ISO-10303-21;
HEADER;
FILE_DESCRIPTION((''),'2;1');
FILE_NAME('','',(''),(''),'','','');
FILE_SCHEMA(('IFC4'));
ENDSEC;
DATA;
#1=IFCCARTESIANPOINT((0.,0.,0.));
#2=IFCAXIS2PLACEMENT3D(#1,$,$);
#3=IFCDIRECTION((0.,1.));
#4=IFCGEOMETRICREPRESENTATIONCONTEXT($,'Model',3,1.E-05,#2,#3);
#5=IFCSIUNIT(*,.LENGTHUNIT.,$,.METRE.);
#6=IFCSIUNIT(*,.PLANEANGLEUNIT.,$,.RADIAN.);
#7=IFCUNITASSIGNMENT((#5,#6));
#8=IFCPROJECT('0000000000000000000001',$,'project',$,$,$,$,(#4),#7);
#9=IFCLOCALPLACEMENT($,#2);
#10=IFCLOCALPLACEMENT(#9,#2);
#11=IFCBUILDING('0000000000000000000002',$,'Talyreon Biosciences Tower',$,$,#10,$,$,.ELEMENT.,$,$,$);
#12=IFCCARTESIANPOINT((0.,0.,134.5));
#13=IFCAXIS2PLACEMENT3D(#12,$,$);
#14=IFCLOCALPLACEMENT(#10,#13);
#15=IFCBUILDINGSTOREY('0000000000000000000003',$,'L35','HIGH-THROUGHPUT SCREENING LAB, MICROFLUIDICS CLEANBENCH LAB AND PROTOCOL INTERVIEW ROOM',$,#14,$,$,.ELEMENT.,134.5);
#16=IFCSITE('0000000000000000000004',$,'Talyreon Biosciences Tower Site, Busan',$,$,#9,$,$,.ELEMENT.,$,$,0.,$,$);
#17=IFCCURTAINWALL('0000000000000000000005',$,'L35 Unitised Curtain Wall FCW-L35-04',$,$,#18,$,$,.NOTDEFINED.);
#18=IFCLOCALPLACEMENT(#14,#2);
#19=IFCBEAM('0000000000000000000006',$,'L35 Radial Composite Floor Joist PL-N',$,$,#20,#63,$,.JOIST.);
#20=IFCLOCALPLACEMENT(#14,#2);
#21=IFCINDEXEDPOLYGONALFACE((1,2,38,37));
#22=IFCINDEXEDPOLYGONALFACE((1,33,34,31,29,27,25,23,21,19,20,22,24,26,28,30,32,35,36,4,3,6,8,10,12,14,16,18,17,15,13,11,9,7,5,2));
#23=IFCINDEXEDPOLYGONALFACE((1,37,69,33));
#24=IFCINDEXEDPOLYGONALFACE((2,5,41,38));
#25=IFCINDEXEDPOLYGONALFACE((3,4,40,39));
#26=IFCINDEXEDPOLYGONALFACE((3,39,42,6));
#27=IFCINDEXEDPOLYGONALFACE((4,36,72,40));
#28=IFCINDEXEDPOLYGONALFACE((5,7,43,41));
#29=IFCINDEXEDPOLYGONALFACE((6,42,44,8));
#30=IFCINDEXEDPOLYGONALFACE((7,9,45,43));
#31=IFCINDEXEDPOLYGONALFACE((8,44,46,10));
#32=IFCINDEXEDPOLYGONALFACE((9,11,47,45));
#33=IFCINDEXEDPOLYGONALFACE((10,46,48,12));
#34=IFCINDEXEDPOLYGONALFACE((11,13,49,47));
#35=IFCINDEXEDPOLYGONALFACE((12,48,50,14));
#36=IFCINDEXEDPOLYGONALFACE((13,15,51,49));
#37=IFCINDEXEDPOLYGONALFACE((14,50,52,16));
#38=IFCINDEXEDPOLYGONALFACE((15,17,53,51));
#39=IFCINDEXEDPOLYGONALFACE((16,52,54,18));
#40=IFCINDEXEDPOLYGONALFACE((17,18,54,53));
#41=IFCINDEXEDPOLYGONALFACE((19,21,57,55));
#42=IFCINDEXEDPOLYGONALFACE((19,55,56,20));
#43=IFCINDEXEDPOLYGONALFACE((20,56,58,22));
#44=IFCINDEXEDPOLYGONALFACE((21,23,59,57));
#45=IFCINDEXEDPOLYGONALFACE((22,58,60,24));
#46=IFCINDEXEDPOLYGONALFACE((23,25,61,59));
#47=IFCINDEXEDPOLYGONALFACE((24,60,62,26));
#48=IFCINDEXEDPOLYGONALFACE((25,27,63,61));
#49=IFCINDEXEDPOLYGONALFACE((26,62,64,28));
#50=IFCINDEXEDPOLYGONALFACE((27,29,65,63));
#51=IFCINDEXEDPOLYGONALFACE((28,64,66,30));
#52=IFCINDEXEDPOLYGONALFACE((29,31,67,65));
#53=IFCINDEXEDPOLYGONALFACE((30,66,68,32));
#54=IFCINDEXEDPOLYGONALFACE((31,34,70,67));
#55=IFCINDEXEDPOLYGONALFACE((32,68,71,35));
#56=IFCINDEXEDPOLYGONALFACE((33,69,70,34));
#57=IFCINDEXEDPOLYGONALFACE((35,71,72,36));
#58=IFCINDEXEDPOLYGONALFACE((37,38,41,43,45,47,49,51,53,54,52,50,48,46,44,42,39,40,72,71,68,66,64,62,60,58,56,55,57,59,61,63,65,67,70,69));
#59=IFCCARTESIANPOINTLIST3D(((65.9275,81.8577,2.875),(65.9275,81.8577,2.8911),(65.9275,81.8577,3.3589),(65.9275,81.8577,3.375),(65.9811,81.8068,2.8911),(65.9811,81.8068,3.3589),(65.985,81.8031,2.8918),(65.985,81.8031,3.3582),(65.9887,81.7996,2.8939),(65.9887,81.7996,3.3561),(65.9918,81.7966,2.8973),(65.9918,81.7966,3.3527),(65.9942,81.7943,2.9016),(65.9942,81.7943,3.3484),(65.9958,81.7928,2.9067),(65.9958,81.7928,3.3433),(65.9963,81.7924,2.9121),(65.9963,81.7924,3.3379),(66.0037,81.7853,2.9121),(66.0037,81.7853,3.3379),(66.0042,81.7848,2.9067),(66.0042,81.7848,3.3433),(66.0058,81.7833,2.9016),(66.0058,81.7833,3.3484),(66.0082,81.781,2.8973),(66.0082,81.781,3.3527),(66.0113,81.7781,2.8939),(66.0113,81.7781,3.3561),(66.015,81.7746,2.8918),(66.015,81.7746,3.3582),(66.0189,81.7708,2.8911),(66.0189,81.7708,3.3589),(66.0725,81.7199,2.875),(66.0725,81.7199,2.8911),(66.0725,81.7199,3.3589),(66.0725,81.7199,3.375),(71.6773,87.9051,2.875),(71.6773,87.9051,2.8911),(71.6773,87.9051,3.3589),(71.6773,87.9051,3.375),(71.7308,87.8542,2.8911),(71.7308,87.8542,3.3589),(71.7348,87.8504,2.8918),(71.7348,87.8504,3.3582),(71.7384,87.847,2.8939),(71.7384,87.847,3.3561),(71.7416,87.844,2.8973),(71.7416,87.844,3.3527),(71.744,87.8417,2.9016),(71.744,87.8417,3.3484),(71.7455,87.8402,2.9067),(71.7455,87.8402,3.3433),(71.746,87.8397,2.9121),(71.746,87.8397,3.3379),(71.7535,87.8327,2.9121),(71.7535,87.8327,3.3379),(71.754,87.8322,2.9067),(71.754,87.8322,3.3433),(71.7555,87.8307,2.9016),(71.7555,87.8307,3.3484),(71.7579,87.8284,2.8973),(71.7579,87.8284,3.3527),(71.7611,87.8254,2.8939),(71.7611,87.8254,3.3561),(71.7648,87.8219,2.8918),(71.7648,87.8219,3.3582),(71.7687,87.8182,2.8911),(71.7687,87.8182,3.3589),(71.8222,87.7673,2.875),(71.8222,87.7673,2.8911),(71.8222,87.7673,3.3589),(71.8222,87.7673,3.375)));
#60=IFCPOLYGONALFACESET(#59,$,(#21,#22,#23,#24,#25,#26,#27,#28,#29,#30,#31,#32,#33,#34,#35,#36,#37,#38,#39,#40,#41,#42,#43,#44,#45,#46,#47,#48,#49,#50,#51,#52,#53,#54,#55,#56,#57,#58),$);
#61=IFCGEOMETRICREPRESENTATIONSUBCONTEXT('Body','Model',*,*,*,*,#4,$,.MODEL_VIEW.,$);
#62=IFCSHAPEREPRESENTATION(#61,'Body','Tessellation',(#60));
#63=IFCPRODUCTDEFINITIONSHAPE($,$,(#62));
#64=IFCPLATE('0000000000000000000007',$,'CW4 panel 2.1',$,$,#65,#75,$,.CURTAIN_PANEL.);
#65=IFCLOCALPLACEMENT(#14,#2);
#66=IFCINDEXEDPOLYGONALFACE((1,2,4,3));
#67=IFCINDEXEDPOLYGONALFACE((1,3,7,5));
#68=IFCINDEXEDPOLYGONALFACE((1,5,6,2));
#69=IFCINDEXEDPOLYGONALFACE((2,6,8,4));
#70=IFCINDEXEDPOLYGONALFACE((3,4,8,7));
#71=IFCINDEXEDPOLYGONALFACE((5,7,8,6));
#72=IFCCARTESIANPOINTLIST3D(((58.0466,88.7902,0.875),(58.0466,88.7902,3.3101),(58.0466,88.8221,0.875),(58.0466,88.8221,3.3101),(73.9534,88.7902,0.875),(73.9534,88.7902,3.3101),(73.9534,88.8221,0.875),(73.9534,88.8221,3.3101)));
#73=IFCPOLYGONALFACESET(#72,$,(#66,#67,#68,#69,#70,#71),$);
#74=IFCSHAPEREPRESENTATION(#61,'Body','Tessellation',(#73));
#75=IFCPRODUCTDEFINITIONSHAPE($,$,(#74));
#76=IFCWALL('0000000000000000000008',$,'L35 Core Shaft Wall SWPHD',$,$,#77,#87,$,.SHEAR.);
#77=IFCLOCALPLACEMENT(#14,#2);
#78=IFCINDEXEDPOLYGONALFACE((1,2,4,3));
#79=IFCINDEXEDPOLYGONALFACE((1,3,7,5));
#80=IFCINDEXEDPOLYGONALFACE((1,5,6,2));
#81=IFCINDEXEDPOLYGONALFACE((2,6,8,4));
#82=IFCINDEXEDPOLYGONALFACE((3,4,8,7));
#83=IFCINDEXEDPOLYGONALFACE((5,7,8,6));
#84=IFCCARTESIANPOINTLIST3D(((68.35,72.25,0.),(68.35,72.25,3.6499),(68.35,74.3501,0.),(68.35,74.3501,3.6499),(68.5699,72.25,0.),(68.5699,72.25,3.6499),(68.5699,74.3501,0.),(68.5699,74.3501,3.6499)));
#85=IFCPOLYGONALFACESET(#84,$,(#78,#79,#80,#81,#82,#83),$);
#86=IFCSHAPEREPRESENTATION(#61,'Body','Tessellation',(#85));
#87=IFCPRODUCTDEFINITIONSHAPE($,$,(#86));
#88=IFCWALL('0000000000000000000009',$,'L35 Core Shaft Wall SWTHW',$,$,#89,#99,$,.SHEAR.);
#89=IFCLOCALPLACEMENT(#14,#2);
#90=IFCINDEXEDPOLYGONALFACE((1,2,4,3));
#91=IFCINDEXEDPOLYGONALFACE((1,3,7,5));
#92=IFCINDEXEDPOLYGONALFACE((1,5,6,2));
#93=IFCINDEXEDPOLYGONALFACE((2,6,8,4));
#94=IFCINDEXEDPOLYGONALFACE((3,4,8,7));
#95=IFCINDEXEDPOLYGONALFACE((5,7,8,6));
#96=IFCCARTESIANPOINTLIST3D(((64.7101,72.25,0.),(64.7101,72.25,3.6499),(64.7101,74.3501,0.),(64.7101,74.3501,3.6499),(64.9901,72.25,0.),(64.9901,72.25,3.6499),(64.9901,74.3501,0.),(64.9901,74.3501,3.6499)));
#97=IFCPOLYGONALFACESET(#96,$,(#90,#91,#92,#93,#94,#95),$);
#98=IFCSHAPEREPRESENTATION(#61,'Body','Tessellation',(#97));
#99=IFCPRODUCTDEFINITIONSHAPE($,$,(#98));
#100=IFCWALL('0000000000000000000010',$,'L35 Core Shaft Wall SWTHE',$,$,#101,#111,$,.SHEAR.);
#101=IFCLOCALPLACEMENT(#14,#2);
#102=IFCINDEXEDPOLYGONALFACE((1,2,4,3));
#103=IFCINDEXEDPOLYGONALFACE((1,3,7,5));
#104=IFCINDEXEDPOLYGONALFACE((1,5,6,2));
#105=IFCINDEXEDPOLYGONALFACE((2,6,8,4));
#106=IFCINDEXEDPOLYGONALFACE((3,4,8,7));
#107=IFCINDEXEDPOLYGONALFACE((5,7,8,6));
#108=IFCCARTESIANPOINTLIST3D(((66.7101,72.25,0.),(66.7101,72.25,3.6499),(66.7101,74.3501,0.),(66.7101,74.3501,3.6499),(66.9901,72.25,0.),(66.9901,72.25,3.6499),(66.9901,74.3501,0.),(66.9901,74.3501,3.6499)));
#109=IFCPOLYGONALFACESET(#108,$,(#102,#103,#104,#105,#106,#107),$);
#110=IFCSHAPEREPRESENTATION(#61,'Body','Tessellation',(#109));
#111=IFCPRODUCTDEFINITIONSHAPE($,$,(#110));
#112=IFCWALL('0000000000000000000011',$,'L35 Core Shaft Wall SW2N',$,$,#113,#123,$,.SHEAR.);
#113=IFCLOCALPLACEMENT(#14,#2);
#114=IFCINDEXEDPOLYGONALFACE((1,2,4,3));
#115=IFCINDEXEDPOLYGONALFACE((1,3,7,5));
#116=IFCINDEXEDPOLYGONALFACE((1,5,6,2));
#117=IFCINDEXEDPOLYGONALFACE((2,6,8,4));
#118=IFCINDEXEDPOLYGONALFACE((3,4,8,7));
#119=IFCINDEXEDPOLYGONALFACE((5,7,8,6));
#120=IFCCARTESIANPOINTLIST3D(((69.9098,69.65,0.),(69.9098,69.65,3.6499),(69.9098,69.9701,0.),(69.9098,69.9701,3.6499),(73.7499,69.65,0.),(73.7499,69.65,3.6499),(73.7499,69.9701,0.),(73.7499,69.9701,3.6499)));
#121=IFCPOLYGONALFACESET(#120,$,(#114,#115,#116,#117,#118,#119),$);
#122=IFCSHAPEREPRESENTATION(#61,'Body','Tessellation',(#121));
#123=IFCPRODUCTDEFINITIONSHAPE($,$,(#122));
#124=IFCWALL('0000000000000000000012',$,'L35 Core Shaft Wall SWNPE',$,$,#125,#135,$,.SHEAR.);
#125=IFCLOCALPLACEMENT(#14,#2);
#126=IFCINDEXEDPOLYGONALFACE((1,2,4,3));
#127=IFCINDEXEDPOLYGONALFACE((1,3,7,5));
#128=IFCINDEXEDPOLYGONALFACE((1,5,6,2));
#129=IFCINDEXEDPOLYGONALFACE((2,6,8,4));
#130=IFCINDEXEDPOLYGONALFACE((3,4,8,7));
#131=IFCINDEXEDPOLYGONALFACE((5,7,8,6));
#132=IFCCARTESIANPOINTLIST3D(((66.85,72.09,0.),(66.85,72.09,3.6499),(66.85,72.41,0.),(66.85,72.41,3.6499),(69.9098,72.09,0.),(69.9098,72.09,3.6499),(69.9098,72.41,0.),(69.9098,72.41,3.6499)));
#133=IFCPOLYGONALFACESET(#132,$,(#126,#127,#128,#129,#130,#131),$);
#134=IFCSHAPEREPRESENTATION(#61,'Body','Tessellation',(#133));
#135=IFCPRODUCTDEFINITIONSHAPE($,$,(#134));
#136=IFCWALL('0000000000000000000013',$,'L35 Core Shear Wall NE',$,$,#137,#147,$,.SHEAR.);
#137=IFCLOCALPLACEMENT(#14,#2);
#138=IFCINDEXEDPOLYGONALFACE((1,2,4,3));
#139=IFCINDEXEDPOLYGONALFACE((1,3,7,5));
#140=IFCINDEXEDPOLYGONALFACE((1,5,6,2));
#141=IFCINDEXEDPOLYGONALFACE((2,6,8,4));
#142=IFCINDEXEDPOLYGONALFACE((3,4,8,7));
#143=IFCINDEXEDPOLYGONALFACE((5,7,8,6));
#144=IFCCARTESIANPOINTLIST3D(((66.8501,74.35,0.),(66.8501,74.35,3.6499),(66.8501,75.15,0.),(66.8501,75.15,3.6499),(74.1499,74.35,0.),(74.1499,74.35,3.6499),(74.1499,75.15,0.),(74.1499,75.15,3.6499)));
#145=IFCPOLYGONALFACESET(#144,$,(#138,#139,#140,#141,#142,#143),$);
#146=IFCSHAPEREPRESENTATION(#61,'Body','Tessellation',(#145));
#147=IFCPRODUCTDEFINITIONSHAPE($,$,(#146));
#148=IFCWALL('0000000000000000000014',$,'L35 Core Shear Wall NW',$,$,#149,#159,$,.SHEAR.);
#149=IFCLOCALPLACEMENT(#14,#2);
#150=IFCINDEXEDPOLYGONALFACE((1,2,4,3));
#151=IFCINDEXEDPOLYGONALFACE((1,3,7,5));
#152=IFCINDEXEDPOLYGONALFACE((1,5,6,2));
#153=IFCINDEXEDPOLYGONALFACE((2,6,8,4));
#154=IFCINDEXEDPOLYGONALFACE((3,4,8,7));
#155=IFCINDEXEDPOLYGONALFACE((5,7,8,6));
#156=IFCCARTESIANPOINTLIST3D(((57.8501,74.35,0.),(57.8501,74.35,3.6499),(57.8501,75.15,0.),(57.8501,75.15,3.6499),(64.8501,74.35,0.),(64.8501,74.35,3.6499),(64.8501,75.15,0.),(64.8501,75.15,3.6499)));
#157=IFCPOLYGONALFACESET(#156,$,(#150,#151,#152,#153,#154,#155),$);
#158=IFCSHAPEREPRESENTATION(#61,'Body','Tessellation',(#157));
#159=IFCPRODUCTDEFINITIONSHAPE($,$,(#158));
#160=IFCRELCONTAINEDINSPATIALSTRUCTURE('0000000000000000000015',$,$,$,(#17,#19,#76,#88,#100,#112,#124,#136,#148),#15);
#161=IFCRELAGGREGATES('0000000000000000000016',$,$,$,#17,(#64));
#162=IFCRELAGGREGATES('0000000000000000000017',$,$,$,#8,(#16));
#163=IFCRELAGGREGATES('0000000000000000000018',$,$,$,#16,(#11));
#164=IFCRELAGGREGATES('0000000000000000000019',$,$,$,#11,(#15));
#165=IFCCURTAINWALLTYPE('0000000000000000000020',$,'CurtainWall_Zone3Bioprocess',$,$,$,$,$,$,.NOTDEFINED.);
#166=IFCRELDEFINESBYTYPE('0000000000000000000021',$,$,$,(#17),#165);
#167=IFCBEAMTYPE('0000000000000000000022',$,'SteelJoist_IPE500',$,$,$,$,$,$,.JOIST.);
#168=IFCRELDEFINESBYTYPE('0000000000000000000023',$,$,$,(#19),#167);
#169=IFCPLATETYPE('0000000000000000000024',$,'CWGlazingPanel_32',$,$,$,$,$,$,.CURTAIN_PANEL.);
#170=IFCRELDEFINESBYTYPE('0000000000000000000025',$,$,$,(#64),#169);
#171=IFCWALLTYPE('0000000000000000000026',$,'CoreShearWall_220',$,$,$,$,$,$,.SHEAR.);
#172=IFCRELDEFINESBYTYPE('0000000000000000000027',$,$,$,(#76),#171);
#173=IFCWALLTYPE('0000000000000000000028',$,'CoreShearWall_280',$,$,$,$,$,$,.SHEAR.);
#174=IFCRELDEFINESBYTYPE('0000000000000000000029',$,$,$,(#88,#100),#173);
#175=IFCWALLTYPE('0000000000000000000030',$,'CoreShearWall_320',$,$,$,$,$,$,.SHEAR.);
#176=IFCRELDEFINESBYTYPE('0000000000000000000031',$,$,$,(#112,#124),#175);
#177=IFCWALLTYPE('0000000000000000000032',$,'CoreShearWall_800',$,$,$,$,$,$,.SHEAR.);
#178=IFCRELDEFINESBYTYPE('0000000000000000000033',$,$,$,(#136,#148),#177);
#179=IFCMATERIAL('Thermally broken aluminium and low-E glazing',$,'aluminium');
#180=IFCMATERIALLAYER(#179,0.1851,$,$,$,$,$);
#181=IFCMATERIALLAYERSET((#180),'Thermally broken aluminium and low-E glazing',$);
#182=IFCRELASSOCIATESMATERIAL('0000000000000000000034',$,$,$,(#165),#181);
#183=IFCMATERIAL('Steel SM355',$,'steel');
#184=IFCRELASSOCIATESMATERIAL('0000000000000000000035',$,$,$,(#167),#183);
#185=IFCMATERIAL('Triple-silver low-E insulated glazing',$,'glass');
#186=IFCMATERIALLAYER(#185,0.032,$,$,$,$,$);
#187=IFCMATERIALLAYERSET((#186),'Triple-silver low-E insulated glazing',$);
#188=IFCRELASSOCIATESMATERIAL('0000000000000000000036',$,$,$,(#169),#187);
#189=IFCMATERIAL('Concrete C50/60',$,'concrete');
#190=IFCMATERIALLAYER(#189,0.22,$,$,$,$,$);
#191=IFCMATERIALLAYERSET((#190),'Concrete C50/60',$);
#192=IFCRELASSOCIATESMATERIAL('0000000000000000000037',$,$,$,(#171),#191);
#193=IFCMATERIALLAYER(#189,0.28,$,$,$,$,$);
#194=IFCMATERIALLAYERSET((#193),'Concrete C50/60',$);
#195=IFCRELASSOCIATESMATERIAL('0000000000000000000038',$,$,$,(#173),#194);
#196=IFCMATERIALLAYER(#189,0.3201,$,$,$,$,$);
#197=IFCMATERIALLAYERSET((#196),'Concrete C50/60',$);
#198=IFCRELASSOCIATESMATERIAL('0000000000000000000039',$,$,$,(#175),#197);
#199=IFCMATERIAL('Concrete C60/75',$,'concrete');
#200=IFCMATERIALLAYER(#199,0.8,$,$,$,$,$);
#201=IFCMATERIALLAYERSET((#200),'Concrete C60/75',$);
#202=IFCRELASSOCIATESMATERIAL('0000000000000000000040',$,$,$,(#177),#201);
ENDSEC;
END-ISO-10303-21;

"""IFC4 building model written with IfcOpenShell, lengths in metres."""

from ifc_helpers import new_model, si_unit, direction, frame, frame_2d, origin, origin_2d, place, context, subcontext, project, spatial, rectangle, i_section, extrude, material, layer, layer_set, material_profile, profile_set, type_object, element, aggregate, save


model = new_model("IFC4")

# Units and contexts
model_context = context("Model", 3, precision=1e-05, world=origin(), true_north=direction((0.0, 1.0)))
body_context = subcontext(model_context, "Body", "Model", "MODEL_VIEW")
ifc_project = project(units=[si_unit("LENGTHUNIT", "METRE"), si_unit("PLANEANGLEUNIT", "RADIAN")], contexts=[model_context])

# Site, building, storey
site_placement = place(None, origin())
site = spatial("IfcSite", under=ifc_project, at=site_placement, Name="Talyreon Biosciences Tower Site, Busan", CompositionType="ELEMENT", RefElevation=0.0)
building_placement = place(site_placement, origin())
building = spatial("IfcBuilding", under=site, at=building_placement, Name="Talyreon Biosciences Tower", CompositionType="ELEMENT")
storey_placement = place(building_placement, frame((0.0, 0.0, 134.5)))
storey = spatial("IfcBuildingStorey", under=building, at=storey_placement, Name="L35", Description="HIGH-THROUGHPUT SCREENING LAB, MICROFLUIDICS CLEANBENCH LAB AND PROTOCOL INTERVIEW ROOM", CompositionType="ELEMENT", Elevation=134.5)

# Shared definitions
ifc_material_1 = material(Name="Concrete C60/75", Category="concrete")
ifc_material_2 = material(Name="Concrete C50/60", Category="concrete")

# Curtain wall
ifc_material_3 = material(Name="Thermally broken aluminium and low-E glazing", Category="aluminium")
ifc_layer_1 = layer(ifc_material_3, 0.1851)
ifc_layer_set_1 = layer_set([ifc_layer_1], Name="Thermally broken aluminium and low-E glazing")
curtain_wall_type = type_object("IfcCurtainWallType", Name="CurtainWall_Zone3Bioprocess", PredefinedType="NOTDEFINED", material=ifc_layer_set_1)
curtain_wall_placement = place(storey_placement, origin())
curtain_wall = element("IfcCurtainWall", 1, at=curtain_wall_placement, inside=storey, type_object=curtain_wall_type, Name="L35 Unitised Curtain Wall FCW-L35-04", PredefinedType="NOTDEFINED")

# Beam
ifc_material_4 = material(Name="Steel SM355", Category="steel")
ifc_material_profile_1 = material_profile(ifc_material_4, i_section(OverallWidth=0.2, OverallDepth=0.5, WebThickness=0.0103, FlangeThickness=0.0161, FilletRadius=0.021, at=origin_2d()), Name="IPE500")
ifc_profile_set_1 = profile_set([ifc_material_profile_1], Name="Steel SM355")
beam_type_1 = type_object("IfcBeamType", Name="SteelJoist_IPE500", PredefinedType="JOIST", material=ifc_profile_set_1)
beam_1_placement = place(storey_placement, frame((66.0, 81.7888, 3.125), z_axis=(0.689049, 0.724714, 0.0), x_axis=(-0.724714, 0.689049, 0.0)))
element("IfcBeam", 2, at=beam_1_placement, inside=storey, type_object=beam_type_1, Name="L35 Radial Composite Floor Joist PL-N", PredefinedType="JOIST", context=body_context, shape_type="SweptSolid", body=[
    extrude(i_section(OverallWidth=0.2, OverallDepth=0.5, WebThickness=0.0103, FlangeThickness=0.0161, FilletRadius=0.021, at=origin_2d()), origin(), (0.0, 0.0, 1.0), 8.3445),
])

# Plate
ifc_material_5 = material(Name="Triple-silver low-E insulated glazing", Category="glass")
ifc_layer_2 = layer(ifc_material_5, 0.032)
ifc_layer_set_2 = layer_set([ifc_layer_2], Name="Triple-silver low-E insulated glazing")
plate_type = type_object("IfcPlateType", Name="CWGlazingPanel_32", PredefinedType="CURTAIN_PANEL", material=ifc_layer_set_2)
plate_placement = place(storey_placement, frame((66.0, 88.8062, 0.875), z_axis=(0.0, 0.0, 1.0), x_axis=(1.0, 0.0, 0.0)))
plate = element("IfcPlate", 3, at=plate_placement, type_object=plate_type, Name="CW4 panel 2.1", PredefinedType="CURTAIN_PANEL", context=body_context, shape_type="SweptSolid", body=[
    extrude(rectangle(XDim=15.9067, YDim=0.032, at=origin_2d()), origin(), (0.0, 0.0, 1.0), 2.4351),
])
aggregate(curtain_wall, [plate])

# Walls
ifc_layer_3 = layer(ifc_material_2, 0.22)
ifc_layer_set_3 = layer_set([ifc_layer_3], Name="Concrete C50/60")
wall_type_1 = type_object("IfcWallType", Name="CoreShearWall_220", PredefinedType="SHEAR", material=ifc_layer_set_3)
wall_1_placement = place(storey_placement, frame((68.46, 72.25, 0.0), z_axis=(0.0, 0.0, 1.0), x_axis=(0.0, 1.0, 0.0)))
element("IfcWall", 4, at=wall_1_placement, inside=storey, type_object=wall_type_1, Name="L35 Core Shaft Wall SWPHD", PredefinedType="SHEAR", context=body_context, shape_type="SweptSolid", body=[
    extrude(rectangle(XDim=2.1001, YDim=0.22, at=frame_2d((1.05, 0.0))), origin(), (0.0, 0.0, 1.0), 3.6499),
])
ifc_layer_4 = layer(ifc_material_2, 0.28)
ifc_layer_set_4 = layer_set([ifc_layer_4], Name="Concrete C50/60")
wall_type_2 = type_object("IfcWallType", Name="CoreShearWall_280", PredefinedType="SHEAR", material=ifc_layer_set_4)
for number, where, z_axis, x_axis, name in (
    (5, (64.8501, 72.25, 0.0), (0.0, 0.0, 1.0), (0.0, 1.0, 0.0), "L35 Core Shaft Wall SWTHW"),
    (6, (66.8501, 72.25, 0.0), (0.0, 0.0, 1.0), (0.0, 1.0, 0.0), "L35 Core Shaft Wall SWTHE"),
):
    element("IfcWall", number, at=place(storey_placement, frame(where, z_axis=z_axis, x_axis=x_axis)), inside=storey, type_object=wall_type_2, Name=name, PredefinedType="SHEAR", context=body_context, shape_type="SweptSolid", body=[
        extrude(rectangle(XDim=2.1001, YDim=0.28, at=frame_2d((1.05, 0.0))), origin(), (0.0, 0.0, 1.0), 3.6499),
    ])
ifc_layer_5 = layer(ifc_material_2, 0.3201)
ifc_layer_set_5 = layer_set([ifc_layer_5], Name="Concrete C50/60")
wall_type_3 = type_object("IfcWallType", Name="CoreShearWall_320", PredefinedType="SHEAR", material=ifc_layer_set_5)
wall_2_placement = place(storey_placement, frame((69.9099, 69.8101, 0.0), z_axis=(0.0, 0.0, 1.0), x_axis=(1.0, 0.0, 0.0)))
element("IfcWall", 7, at=wall_2_placement, inside=storey, type_object=wall_type_3, Name="L35 Core Shaft Wall SW2N", PredefinedType="SHEAR", context=body_context, shape_type="SweptSolid", body=[
    extrude(rectangle(XDim=3.8401, YDim=0.3201, at=frame_2d((1.9199, 0.0))), origin(), (0.0, 0.0, 1.0), 3.6499),
])
wall_3_placement = place(storey_placement, frame((66.8501, 72.25, 0.0), z_axis=(0.0, 0.0, 1.0), x_axis=(1.0, 0.0, 0.0)))
element("IfcWall", 8, at=wall_3_placement, inside=storey, type_object=wall_type_3, Name="L35 Core Shaft Wall SWNPE", PredefinedType="SHEAR", context=body_context, shape_type="SweptSolid", body=[
    extrude(rectangle(XDim=3.0598, YDim=0.3201, at=frame_2d((1.5298, 0.0))), origin(), (0.0, 0.0, 1.0), 3.6499),
])
ifc_layer_6 = layer(ifc_material_1, 0.8)
ifc_layer_set_6 = layer_set([ifc_layer_6], Name="Concrete C60/75")
wall_type_4 = type_object("IfcWallType", Name="CoreShearWall_800", PredefinedType="SHEAR", material=ifc_layer_set_6)
wall_4_placement = place(storey_placement, frame((74.1499, 74.75, 0.0), z_axis=(0.0, 0.0, 1.0), x_axis=(-1.0, 0.0, 0.0)))
element("IfcWall", 9, at=wall_4_placement, inside=storey, type_object=wall_type_4, Name="L35 Core Shear Wall NE", PredefinedType="SHEAR", context=body_context, shape_type="SweptSolid", body=[
    extrude(rectangle(XDim=7.2998, YDim=0.8, at=frame_2d((3.6499, 0.0))), origin(), (0.0, 0.0, 1.0), 3.6499),
])
wall_5_placement = place(storey_placement, frame((64.8501, 74.75, 0.0), z_axis=(0.0, 0.0, 1.0), x_axis=(-1.0, 0.0, 0.0)))
element("IfcWall", 10, at=wall_5_placement, inside=storey, type_object=wall_type_4, Name="L35 Core Shear Wall NW", PredefinedType="SHEAR", context=body_context, shape_type="SweptSolid", body=[
    extrude(rectangle(XDim=7.0, YDim=0.8, at=frame_2d((3.5, 0.0))), origin(), (0.0, 0.0, 1.0), 3.6499),
])

save(model, "model.ifc")
